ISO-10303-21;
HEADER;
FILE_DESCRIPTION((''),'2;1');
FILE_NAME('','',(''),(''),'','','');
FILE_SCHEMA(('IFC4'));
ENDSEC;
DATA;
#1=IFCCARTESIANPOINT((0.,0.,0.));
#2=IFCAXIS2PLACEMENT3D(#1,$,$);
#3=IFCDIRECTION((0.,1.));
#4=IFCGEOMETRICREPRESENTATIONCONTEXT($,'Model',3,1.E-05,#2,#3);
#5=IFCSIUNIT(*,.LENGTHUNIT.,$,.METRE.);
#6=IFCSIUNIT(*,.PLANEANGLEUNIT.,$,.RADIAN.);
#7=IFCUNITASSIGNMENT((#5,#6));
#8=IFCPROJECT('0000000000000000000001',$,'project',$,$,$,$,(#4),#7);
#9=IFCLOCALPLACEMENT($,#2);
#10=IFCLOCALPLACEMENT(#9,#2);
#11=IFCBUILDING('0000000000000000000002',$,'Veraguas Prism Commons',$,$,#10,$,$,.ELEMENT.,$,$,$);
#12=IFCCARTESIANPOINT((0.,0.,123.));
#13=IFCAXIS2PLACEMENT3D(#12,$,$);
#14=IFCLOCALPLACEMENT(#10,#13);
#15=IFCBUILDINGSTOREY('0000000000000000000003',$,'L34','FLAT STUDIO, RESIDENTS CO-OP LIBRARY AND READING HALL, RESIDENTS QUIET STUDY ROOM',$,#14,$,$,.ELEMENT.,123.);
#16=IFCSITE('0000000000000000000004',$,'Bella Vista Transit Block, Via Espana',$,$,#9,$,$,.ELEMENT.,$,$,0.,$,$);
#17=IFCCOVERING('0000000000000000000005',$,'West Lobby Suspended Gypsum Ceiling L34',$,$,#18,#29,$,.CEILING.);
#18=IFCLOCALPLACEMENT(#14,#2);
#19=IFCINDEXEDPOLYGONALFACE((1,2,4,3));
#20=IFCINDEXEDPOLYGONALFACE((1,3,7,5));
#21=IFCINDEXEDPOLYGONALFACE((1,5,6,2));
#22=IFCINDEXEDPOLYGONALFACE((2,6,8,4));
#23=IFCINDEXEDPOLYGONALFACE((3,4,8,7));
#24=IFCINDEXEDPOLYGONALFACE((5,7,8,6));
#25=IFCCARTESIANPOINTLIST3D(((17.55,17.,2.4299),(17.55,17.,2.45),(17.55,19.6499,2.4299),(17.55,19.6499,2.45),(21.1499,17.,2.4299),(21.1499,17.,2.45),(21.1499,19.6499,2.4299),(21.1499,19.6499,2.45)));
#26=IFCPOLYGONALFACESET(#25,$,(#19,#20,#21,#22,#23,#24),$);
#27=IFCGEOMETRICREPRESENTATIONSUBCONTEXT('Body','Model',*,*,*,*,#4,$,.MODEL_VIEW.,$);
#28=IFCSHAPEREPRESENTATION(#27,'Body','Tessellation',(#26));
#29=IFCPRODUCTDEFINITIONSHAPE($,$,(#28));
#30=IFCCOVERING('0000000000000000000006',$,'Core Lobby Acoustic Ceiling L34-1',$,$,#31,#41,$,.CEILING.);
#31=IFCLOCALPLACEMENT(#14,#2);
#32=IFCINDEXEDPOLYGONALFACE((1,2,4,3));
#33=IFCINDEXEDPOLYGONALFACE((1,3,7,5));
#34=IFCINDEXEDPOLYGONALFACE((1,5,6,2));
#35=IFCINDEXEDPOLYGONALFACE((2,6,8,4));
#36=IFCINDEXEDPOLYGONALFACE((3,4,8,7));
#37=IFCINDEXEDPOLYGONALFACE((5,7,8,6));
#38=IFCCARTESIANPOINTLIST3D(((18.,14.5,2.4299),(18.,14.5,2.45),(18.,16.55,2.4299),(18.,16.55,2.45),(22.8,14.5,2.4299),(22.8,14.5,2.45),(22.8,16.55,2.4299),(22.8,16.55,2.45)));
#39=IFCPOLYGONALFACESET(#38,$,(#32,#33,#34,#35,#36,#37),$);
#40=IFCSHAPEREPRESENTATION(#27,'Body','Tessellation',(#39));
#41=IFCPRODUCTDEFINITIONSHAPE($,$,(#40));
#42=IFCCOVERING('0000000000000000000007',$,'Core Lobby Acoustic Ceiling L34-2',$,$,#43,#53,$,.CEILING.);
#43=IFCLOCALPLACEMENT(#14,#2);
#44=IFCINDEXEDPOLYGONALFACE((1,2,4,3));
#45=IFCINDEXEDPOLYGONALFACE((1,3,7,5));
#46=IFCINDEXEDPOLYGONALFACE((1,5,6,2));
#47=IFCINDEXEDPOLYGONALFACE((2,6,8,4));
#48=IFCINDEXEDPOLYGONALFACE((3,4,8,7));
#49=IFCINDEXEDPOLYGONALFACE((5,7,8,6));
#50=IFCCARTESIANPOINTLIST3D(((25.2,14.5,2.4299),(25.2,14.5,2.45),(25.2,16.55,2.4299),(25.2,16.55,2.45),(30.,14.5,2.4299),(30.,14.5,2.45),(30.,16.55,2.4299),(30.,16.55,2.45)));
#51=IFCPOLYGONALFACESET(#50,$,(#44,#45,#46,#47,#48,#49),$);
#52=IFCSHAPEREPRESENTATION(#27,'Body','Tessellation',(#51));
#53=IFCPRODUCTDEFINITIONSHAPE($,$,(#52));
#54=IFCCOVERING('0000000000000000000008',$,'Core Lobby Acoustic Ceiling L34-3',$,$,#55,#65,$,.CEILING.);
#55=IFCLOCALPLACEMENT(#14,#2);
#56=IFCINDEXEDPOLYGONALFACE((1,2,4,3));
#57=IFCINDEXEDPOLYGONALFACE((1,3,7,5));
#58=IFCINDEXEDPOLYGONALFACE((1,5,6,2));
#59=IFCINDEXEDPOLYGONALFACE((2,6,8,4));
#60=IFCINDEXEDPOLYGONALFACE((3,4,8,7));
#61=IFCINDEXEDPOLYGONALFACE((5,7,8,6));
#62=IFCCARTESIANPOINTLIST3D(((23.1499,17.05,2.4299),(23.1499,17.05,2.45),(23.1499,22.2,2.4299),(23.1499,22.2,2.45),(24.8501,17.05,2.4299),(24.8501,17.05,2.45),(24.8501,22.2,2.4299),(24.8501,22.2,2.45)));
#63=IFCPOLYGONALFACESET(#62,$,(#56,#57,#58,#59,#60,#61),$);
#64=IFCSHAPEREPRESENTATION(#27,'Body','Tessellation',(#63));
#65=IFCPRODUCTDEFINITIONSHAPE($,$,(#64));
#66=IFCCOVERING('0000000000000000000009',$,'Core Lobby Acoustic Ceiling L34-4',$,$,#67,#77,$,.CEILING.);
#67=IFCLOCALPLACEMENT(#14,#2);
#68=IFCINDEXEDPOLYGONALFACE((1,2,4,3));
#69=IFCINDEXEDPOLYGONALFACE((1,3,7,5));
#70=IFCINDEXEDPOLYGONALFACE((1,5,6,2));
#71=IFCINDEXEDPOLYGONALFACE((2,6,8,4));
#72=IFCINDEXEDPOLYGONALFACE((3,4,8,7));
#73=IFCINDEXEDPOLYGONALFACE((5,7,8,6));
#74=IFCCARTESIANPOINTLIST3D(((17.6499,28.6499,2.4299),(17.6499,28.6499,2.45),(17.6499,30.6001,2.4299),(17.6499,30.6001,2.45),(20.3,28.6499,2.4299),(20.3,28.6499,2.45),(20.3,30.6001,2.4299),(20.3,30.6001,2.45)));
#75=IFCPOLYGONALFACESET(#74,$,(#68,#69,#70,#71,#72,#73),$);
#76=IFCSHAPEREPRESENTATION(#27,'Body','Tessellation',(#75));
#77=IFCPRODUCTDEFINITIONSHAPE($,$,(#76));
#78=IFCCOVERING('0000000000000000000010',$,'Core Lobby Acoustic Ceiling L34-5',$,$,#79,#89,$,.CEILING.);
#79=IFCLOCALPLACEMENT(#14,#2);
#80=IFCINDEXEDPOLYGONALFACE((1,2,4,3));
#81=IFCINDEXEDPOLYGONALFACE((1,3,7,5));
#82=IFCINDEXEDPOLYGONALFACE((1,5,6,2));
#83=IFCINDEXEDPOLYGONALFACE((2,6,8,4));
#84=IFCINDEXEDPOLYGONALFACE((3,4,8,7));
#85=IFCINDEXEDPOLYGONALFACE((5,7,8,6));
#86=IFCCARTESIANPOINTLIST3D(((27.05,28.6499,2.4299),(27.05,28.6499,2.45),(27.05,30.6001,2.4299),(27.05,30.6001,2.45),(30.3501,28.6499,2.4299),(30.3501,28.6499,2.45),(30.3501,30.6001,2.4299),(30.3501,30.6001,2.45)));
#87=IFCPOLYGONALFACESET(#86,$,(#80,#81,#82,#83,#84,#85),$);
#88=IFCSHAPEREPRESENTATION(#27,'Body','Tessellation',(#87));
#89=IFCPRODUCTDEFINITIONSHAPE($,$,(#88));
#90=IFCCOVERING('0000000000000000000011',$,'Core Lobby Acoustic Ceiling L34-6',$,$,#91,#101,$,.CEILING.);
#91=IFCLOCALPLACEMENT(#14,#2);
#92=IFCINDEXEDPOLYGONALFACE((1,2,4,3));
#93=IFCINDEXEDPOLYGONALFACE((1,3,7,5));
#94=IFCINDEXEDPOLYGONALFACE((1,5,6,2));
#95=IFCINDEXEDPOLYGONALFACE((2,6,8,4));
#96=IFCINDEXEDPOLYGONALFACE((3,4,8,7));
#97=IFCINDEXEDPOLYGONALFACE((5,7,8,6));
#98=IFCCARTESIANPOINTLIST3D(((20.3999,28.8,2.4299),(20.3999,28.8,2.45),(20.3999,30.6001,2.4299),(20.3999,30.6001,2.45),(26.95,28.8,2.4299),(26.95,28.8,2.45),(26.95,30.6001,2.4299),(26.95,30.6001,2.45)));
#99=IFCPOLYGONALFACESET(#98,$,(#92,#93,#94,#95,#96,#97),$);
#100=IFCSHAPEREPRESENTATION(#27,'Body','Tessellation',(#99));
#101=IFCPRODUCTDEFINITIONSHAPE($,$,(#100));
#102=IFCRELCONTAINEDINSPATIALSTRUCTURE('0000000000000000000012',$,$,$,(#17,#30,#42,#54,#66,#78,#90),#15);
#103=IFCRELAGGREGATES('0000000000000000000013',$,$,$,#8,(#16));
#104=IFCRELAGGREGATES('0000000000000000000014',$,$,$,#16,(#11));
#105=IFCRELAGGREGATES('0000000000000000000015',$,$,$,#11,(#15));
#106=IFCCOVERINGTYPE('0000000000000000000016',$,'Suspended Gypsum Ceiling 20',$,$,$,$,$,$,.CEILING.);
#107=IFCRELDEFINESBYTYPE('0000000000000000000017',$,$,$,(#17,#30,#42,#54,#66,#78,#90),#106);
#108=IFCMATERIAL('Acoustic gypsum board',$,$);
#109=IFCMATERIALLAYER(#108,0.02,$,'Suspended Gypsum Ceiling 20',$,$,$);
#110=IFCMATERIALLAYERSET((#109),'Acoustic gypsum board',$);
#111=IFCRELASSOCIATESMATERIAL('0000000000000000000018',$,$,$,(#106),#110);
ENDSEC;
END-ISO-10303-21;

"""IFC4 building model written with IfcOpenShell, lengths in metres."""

from ifc_helpers import new_model, si_unit, direction, frame, origin, place, context, subcontext, project, spatial, polyline, outline, extrude, material, layer, layer_set, type_object, element, save


model = new_model("IFC4")

# Units and contexts
model_context = context("Model", 3, precision=1e-05, world=origin(), true_north=direction((0.0, 1.0)))
body_context = subcontext(model_context, "Body", "Model", "MODEL_VIEW")
ifc_project = project(units=[si_unit("LENGTHUNIT", "METRE"), si_unit("PLANEANGLEUNIT", "RADIAN")], contexts=[model_context])

# Site, building, storey
site_placement = place(None, origin())
site = spatial("IfcSite", under=ifc_project, at=site_placement, Name="Bella Vista Transit Block, Via Espana", CompositionType="ELEMENT", RefElevation=0.0)
building_placement = place(site_placement, origin())
building = spatial("IfcBuilding", under=site, at=building_placement, Name="Veraguas Prism Commons", CompositionType="ELEMENT")
storey_placement = place(building_placement, frame((0.0, 0.0, 123.0)))
storey = spatial("IfcBuildingStorey", under=building, at=storey_placement, Name="L34", Description="FLAT STUDIO, RESIDENTS CO-OP LIBRARY AND READING HALL, RESIDENTS QUIET STUDY ROOM", CompositionType="ELEMENT", Elevation=123.0)

# Coverings
ifc_material_1 = material(Name="Acoustic gypsum board")
ifc_layer_1 = layer(ifc_material_1, 0.02, Name="Suspended Gypsum Ceiling 20")
ifc_layer_set_1 = layer_set([ifc_layer_1], Name="Acoustic gypsum board")
covering_type_1 = type_object("IfcCoveringType", Name="Suspended Gypsum Ceiling 20", PredefinedType="CEILING", material=ifc_layer_set_1)
covering_1_placement = place(storey_placement, frame((0.0, 0.0, 2.4299)))
element("IfcCovering", 1, at=covering_1_placement, inside=storey, type_object=covering_type_1, Name="West Lobby Suspended Gypsum Ceiling L34", PredefinedType="CEILING", context=body_context, shape_type="SweptSolid", body=[
    extrude(outline(polyline([(17.55, 17.0), (21.1499, 17.0), (21.1499, 19.6499), (17.55, 19.6499), (17.55, 17.0)])), origin(), (0.0, 0.0, 1.0), 0.02),
])
covering_2_placement = place(storey_placement, frame((0.0, 0.0, 2.4299)))
element("IfcCovering", 2, at=covering_2_placement, inside=storey, type_object=covering_type_1, Name="Core Lobby Acoustic Ceiling L34-1", PredefinedType="CEILING", context=body_context, shape_type="SweptSolid", body=[
    extrude(outline(polyline([(18.0, 14.5), (22.8, 14.5), (22.8, 16.55), (18.0, 16.55), (18.0, 14.5)])), origin(), (0.0, 0.0, 1.0), 0.02),
])
covering_3_placement = place(storey_placement, frame((0.0, 0.0, 2.4299)))
element("IfcCovering", 3, at=covering_3_placement, inside=storey, type_object=covering_type_1, Name="Core Lobby Acoustic Ceiling L34-2", PredefinedType="CEILING", context=body_context, shape_type="SweptSolid", body=[
    extrude(outline(polyline([(25.2, 14.5), (30.0, 14.5), (30.0, 16.55), (25.2, 16.55), (25.2, 14.5)])), origin(), (0.0, 0.0, 1.0), 0.02),
])
covering_4_placement = place(storey_placement, frame((0.0, 0.0, 2.4299)))
element("IfcCovering", 4, at=covering_4_placement, inside=storey, type_object=covering_type_1, Name="Core Lobby Acoustic Ceiling L34-3", PredefinedType="CEILING", context=body_context, shape_type="SweptSolid", body=[
    extrude(outline(polyline([(23.1499, 17.05), (24.8501, 17.05), (24.8501, 22.2), (23.1499, 22.2), (23.1499, 17.05)])), origin(), (0.0, 0.0, 1.0), 0.02),
])
covering_5_placement = place(storey_placement, frame((0.0, 0.0, 2.4299)))
element("IfcCovering", 5, at=covering_5_placement, inside=storey, type_object=covering_type_1, Name="Core Lobby Acoustic Ceiling L34-4", PredefinedType="CEILING", context=body_context, shape_type="SweptSolid", body=[
    extrude(outline(polyline([(17.6499, 28.6499), (20.3, 28.6499), (20.3, 30.6001), (17.6499, 30.6001), (17.6499, 28.6499)])), origin(), (0.0, 0.0, 1.0), 0.02),
])
covering_6_placement = place(storey_placement, frame((0.0, 0.0, 2.4299)))
element("IfcCovering", 6, at=covering_6_placement, inside=storey, type_object=covering_type_1, Name="Core Lobby Acoustic Ceiling L34-5", PredefinedType="CEILING", context=body_context, shape_type="SweptSolid", body=[
    extrude(outline(polyline([(27.05, 28.6499), (30.3501, 28.6499), (30.3501, 30.6001), (27.05, 30.6001), (27.05, 28.6499)])), origin(), (0.0, 0.0, 1.0), 0.02),
])
covering_7_placement = place(storey_placement, frame((0.0, 0.0, 2.4299)))
element("IfcCovering", 7, at=covering_7_placement, inside=storey, type_object=covering_type_1, Name="Core Lobby Acoustic Ceiling L34-6", PredefinedType="CEILING", context=body_context, shape_type="SweptSolid", body=[
    extrude(outline(polyline([(20.3999, 28.8), (26.95, 28.8), (26.95, 30.6001), (20.3999, 30.6001), (20.3999, 28.8)])), origin(), (0.0, 0.0, 1.0), 0.02),
])

save(model, "model.ifc")
